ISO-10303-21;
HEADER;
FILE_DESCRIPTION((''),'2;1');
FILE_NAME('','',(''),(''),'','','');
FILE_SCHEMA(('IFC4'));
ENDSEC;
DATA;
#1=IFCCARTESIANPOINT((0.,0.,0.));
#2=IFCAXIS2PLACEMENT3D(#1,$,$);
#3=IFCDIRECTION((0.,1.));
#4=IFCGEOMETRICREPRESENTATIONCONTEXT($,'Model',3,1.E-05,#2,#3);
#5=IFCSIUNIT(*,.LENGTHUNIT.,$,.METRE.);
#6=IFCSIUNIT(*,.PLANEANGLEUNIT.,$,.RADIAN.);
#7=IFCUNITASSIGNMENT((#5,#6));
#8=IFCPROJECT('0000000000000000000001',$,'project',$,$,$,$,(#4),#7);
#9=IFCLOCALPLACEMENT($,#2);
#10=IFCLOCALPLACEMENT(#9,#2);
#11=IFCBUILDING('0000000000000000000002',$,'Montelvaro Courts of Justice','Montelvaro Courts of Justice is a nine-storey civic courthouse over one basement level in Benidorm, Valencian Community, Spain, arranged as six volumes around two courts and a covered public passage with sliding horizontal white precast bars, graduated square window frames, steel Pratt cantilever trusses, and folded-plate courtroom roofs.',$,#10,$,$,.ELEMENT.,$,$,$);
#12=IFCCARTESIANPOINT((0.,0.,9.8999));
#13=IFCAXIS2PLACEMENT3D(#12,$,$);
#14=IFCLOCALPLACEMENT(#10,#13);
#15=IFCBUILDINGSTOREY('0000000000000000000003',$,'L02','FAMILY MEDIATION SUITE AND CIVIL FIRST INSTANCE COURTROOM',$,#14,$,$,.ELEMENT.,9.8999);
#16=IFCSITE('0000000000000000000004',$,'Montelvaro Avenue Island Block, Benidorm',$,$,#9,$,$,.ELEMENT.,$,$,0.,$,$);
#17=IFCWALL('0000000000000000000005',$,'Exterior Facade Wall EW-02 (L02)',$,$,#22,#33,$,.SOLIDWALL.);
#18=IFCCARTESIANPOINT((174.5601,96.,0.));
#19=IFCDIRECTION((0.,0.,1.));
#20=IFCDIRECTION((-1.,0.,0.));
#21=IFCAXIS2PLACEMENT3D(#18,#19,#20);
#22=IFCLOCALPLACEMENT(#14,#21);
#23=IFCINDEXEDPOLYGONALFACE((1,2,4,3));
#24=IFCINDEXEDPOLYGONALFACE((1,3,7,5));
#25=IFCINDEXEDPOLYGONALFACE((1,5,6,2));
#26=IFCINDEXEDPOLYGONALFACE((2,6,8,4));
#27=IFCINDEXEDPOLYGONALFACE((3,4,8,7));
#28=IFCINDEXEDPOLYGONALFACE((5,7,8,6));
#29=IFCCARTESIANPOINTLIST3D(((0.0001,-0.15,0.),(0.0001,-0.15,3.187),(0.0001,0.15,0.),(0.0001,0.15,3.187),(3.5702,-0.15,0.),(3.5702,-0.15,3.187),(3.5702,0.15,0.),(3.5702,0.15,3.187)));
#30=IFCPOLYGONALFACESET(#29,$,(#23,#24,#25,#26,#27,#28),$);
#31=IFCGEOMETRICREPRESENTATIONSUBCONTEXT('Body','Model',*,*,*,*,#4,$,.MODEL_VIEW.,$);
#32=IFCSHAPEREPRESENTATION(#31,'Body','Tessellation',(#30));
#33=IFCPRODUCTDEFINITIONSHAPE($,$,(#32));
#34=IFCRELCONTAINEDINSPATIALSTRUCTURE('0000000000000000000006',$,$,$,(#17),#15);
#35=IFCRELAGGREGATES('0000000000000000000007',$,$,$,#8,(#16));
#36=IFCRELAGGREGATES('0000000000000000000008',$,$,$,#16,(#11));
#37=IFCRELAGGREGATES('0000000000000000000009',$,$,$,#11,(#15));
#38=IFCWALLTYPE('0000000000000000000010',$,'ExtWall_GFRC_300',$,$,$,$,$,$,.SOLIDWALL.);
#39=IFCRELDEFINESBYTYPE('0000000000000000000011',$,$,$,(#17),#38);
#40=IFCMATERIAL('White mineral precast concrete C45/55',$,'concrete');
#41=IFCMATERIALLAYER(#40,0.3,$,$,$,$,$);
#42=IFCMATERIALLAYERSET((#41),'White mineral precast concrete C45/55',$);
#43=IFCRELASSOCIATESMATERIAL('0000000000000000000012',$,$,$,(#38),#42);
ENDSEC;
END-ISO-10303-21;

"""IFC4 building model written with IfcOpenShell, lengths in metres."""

from ifc_helpers import new_model, si_unit, direction, frame, frame_2d, origin, place, context, subcontext, project, spatial, rectangle, extrude, material, layer, layer_set, type_object, element, save


model = new_model("IFC4")

# Units and contexts
model_context = context("Model", 3, precision=1e-05, world=origin(), true_north=direction((0.0, 1.0)))
body_context = subcontext(model_context, "Body", "Model", "MODEL_VIEW")
ifc_project = project(units=[si_unit("LENGTHUNIT", "METRE"), si_unit("PLANEANGLEUNIT", "RADIAN")], contexts=[model_context])

# Site, building, storey
site_placement = place(None, origin())
site = spatial("IfcSite", under=ifc_project, at=site_placement, Name="Montelvaro Avenue Island Block, Benidorm", CompositionType="ELEMENT", RefElevation=0.0)
building_placement = place(site_placement, origin())
building = spatial("IfcBuilding", under=site, at=building_placement, Name="Montelvaro Courts of Justice", Description="Montelvaro Courts of Justice is a nine-storey civic courthouse over one basement level in Benidorm, Valencian Community, Spain, arranged as six volumes around two courts and a covered public passage with sliding horizontal white precast bars, graduated square window frames, steel Pratt cantilever trusses, and folded-plate courtroom roofs.", CompositionType="ELEMENT")
storey_placement = place(building_placement, frame((0.0, 0.0, 9.8999)))
storey = spatial("IfcBuildingStorey", under=building, at=storey_placement, Name="L02", Description="FAMILY MEDIATION SUITE AND CIVIL FIRST INSTANCE COURTROOM", CompositionType="ELEMENT", Elevation=9.8999)

# Shared definitions
ifc_material_1 = material(Name="White mineral precast concrete C45/55", Category="concrete")

# Wall
ifc_layer_1 = layer(ifc_material_1, 0.3)
ifc_layer_set_1 = layer_set([ifc_layer_1], Name="White mineral precast concrete C45/55")
wall_type_1 = type_object("IfcWallType", Name="ExtWall_GFRC_300", PredefinedType="SOLIDWALL", material=ifc_layer_set_1)
wall_1_placement = place(storey_placement, frame((174.5601, 96.0, 0.0), z_axis=(0.0, 0.0, 1.0), x_axis=(-1.0, 0.0, 0.0)))
element("IfcWall", 1, at=wall_1_placement, inside=storey, type_object=wall_type_1, Name="Exterior Facade Wall EW-02 (L02)", PredefinedType="SOLIDWALL", context=body_context, shape_type="SweptSolid", body=[
    extrude(rectangle(XDim=3.5701, YDim=0.3, at=frame_2d((1.7852, 0.0))), origin(), (0.0, 0.0, 1.0), 3.187),
])

save(model, "model.ifc")
